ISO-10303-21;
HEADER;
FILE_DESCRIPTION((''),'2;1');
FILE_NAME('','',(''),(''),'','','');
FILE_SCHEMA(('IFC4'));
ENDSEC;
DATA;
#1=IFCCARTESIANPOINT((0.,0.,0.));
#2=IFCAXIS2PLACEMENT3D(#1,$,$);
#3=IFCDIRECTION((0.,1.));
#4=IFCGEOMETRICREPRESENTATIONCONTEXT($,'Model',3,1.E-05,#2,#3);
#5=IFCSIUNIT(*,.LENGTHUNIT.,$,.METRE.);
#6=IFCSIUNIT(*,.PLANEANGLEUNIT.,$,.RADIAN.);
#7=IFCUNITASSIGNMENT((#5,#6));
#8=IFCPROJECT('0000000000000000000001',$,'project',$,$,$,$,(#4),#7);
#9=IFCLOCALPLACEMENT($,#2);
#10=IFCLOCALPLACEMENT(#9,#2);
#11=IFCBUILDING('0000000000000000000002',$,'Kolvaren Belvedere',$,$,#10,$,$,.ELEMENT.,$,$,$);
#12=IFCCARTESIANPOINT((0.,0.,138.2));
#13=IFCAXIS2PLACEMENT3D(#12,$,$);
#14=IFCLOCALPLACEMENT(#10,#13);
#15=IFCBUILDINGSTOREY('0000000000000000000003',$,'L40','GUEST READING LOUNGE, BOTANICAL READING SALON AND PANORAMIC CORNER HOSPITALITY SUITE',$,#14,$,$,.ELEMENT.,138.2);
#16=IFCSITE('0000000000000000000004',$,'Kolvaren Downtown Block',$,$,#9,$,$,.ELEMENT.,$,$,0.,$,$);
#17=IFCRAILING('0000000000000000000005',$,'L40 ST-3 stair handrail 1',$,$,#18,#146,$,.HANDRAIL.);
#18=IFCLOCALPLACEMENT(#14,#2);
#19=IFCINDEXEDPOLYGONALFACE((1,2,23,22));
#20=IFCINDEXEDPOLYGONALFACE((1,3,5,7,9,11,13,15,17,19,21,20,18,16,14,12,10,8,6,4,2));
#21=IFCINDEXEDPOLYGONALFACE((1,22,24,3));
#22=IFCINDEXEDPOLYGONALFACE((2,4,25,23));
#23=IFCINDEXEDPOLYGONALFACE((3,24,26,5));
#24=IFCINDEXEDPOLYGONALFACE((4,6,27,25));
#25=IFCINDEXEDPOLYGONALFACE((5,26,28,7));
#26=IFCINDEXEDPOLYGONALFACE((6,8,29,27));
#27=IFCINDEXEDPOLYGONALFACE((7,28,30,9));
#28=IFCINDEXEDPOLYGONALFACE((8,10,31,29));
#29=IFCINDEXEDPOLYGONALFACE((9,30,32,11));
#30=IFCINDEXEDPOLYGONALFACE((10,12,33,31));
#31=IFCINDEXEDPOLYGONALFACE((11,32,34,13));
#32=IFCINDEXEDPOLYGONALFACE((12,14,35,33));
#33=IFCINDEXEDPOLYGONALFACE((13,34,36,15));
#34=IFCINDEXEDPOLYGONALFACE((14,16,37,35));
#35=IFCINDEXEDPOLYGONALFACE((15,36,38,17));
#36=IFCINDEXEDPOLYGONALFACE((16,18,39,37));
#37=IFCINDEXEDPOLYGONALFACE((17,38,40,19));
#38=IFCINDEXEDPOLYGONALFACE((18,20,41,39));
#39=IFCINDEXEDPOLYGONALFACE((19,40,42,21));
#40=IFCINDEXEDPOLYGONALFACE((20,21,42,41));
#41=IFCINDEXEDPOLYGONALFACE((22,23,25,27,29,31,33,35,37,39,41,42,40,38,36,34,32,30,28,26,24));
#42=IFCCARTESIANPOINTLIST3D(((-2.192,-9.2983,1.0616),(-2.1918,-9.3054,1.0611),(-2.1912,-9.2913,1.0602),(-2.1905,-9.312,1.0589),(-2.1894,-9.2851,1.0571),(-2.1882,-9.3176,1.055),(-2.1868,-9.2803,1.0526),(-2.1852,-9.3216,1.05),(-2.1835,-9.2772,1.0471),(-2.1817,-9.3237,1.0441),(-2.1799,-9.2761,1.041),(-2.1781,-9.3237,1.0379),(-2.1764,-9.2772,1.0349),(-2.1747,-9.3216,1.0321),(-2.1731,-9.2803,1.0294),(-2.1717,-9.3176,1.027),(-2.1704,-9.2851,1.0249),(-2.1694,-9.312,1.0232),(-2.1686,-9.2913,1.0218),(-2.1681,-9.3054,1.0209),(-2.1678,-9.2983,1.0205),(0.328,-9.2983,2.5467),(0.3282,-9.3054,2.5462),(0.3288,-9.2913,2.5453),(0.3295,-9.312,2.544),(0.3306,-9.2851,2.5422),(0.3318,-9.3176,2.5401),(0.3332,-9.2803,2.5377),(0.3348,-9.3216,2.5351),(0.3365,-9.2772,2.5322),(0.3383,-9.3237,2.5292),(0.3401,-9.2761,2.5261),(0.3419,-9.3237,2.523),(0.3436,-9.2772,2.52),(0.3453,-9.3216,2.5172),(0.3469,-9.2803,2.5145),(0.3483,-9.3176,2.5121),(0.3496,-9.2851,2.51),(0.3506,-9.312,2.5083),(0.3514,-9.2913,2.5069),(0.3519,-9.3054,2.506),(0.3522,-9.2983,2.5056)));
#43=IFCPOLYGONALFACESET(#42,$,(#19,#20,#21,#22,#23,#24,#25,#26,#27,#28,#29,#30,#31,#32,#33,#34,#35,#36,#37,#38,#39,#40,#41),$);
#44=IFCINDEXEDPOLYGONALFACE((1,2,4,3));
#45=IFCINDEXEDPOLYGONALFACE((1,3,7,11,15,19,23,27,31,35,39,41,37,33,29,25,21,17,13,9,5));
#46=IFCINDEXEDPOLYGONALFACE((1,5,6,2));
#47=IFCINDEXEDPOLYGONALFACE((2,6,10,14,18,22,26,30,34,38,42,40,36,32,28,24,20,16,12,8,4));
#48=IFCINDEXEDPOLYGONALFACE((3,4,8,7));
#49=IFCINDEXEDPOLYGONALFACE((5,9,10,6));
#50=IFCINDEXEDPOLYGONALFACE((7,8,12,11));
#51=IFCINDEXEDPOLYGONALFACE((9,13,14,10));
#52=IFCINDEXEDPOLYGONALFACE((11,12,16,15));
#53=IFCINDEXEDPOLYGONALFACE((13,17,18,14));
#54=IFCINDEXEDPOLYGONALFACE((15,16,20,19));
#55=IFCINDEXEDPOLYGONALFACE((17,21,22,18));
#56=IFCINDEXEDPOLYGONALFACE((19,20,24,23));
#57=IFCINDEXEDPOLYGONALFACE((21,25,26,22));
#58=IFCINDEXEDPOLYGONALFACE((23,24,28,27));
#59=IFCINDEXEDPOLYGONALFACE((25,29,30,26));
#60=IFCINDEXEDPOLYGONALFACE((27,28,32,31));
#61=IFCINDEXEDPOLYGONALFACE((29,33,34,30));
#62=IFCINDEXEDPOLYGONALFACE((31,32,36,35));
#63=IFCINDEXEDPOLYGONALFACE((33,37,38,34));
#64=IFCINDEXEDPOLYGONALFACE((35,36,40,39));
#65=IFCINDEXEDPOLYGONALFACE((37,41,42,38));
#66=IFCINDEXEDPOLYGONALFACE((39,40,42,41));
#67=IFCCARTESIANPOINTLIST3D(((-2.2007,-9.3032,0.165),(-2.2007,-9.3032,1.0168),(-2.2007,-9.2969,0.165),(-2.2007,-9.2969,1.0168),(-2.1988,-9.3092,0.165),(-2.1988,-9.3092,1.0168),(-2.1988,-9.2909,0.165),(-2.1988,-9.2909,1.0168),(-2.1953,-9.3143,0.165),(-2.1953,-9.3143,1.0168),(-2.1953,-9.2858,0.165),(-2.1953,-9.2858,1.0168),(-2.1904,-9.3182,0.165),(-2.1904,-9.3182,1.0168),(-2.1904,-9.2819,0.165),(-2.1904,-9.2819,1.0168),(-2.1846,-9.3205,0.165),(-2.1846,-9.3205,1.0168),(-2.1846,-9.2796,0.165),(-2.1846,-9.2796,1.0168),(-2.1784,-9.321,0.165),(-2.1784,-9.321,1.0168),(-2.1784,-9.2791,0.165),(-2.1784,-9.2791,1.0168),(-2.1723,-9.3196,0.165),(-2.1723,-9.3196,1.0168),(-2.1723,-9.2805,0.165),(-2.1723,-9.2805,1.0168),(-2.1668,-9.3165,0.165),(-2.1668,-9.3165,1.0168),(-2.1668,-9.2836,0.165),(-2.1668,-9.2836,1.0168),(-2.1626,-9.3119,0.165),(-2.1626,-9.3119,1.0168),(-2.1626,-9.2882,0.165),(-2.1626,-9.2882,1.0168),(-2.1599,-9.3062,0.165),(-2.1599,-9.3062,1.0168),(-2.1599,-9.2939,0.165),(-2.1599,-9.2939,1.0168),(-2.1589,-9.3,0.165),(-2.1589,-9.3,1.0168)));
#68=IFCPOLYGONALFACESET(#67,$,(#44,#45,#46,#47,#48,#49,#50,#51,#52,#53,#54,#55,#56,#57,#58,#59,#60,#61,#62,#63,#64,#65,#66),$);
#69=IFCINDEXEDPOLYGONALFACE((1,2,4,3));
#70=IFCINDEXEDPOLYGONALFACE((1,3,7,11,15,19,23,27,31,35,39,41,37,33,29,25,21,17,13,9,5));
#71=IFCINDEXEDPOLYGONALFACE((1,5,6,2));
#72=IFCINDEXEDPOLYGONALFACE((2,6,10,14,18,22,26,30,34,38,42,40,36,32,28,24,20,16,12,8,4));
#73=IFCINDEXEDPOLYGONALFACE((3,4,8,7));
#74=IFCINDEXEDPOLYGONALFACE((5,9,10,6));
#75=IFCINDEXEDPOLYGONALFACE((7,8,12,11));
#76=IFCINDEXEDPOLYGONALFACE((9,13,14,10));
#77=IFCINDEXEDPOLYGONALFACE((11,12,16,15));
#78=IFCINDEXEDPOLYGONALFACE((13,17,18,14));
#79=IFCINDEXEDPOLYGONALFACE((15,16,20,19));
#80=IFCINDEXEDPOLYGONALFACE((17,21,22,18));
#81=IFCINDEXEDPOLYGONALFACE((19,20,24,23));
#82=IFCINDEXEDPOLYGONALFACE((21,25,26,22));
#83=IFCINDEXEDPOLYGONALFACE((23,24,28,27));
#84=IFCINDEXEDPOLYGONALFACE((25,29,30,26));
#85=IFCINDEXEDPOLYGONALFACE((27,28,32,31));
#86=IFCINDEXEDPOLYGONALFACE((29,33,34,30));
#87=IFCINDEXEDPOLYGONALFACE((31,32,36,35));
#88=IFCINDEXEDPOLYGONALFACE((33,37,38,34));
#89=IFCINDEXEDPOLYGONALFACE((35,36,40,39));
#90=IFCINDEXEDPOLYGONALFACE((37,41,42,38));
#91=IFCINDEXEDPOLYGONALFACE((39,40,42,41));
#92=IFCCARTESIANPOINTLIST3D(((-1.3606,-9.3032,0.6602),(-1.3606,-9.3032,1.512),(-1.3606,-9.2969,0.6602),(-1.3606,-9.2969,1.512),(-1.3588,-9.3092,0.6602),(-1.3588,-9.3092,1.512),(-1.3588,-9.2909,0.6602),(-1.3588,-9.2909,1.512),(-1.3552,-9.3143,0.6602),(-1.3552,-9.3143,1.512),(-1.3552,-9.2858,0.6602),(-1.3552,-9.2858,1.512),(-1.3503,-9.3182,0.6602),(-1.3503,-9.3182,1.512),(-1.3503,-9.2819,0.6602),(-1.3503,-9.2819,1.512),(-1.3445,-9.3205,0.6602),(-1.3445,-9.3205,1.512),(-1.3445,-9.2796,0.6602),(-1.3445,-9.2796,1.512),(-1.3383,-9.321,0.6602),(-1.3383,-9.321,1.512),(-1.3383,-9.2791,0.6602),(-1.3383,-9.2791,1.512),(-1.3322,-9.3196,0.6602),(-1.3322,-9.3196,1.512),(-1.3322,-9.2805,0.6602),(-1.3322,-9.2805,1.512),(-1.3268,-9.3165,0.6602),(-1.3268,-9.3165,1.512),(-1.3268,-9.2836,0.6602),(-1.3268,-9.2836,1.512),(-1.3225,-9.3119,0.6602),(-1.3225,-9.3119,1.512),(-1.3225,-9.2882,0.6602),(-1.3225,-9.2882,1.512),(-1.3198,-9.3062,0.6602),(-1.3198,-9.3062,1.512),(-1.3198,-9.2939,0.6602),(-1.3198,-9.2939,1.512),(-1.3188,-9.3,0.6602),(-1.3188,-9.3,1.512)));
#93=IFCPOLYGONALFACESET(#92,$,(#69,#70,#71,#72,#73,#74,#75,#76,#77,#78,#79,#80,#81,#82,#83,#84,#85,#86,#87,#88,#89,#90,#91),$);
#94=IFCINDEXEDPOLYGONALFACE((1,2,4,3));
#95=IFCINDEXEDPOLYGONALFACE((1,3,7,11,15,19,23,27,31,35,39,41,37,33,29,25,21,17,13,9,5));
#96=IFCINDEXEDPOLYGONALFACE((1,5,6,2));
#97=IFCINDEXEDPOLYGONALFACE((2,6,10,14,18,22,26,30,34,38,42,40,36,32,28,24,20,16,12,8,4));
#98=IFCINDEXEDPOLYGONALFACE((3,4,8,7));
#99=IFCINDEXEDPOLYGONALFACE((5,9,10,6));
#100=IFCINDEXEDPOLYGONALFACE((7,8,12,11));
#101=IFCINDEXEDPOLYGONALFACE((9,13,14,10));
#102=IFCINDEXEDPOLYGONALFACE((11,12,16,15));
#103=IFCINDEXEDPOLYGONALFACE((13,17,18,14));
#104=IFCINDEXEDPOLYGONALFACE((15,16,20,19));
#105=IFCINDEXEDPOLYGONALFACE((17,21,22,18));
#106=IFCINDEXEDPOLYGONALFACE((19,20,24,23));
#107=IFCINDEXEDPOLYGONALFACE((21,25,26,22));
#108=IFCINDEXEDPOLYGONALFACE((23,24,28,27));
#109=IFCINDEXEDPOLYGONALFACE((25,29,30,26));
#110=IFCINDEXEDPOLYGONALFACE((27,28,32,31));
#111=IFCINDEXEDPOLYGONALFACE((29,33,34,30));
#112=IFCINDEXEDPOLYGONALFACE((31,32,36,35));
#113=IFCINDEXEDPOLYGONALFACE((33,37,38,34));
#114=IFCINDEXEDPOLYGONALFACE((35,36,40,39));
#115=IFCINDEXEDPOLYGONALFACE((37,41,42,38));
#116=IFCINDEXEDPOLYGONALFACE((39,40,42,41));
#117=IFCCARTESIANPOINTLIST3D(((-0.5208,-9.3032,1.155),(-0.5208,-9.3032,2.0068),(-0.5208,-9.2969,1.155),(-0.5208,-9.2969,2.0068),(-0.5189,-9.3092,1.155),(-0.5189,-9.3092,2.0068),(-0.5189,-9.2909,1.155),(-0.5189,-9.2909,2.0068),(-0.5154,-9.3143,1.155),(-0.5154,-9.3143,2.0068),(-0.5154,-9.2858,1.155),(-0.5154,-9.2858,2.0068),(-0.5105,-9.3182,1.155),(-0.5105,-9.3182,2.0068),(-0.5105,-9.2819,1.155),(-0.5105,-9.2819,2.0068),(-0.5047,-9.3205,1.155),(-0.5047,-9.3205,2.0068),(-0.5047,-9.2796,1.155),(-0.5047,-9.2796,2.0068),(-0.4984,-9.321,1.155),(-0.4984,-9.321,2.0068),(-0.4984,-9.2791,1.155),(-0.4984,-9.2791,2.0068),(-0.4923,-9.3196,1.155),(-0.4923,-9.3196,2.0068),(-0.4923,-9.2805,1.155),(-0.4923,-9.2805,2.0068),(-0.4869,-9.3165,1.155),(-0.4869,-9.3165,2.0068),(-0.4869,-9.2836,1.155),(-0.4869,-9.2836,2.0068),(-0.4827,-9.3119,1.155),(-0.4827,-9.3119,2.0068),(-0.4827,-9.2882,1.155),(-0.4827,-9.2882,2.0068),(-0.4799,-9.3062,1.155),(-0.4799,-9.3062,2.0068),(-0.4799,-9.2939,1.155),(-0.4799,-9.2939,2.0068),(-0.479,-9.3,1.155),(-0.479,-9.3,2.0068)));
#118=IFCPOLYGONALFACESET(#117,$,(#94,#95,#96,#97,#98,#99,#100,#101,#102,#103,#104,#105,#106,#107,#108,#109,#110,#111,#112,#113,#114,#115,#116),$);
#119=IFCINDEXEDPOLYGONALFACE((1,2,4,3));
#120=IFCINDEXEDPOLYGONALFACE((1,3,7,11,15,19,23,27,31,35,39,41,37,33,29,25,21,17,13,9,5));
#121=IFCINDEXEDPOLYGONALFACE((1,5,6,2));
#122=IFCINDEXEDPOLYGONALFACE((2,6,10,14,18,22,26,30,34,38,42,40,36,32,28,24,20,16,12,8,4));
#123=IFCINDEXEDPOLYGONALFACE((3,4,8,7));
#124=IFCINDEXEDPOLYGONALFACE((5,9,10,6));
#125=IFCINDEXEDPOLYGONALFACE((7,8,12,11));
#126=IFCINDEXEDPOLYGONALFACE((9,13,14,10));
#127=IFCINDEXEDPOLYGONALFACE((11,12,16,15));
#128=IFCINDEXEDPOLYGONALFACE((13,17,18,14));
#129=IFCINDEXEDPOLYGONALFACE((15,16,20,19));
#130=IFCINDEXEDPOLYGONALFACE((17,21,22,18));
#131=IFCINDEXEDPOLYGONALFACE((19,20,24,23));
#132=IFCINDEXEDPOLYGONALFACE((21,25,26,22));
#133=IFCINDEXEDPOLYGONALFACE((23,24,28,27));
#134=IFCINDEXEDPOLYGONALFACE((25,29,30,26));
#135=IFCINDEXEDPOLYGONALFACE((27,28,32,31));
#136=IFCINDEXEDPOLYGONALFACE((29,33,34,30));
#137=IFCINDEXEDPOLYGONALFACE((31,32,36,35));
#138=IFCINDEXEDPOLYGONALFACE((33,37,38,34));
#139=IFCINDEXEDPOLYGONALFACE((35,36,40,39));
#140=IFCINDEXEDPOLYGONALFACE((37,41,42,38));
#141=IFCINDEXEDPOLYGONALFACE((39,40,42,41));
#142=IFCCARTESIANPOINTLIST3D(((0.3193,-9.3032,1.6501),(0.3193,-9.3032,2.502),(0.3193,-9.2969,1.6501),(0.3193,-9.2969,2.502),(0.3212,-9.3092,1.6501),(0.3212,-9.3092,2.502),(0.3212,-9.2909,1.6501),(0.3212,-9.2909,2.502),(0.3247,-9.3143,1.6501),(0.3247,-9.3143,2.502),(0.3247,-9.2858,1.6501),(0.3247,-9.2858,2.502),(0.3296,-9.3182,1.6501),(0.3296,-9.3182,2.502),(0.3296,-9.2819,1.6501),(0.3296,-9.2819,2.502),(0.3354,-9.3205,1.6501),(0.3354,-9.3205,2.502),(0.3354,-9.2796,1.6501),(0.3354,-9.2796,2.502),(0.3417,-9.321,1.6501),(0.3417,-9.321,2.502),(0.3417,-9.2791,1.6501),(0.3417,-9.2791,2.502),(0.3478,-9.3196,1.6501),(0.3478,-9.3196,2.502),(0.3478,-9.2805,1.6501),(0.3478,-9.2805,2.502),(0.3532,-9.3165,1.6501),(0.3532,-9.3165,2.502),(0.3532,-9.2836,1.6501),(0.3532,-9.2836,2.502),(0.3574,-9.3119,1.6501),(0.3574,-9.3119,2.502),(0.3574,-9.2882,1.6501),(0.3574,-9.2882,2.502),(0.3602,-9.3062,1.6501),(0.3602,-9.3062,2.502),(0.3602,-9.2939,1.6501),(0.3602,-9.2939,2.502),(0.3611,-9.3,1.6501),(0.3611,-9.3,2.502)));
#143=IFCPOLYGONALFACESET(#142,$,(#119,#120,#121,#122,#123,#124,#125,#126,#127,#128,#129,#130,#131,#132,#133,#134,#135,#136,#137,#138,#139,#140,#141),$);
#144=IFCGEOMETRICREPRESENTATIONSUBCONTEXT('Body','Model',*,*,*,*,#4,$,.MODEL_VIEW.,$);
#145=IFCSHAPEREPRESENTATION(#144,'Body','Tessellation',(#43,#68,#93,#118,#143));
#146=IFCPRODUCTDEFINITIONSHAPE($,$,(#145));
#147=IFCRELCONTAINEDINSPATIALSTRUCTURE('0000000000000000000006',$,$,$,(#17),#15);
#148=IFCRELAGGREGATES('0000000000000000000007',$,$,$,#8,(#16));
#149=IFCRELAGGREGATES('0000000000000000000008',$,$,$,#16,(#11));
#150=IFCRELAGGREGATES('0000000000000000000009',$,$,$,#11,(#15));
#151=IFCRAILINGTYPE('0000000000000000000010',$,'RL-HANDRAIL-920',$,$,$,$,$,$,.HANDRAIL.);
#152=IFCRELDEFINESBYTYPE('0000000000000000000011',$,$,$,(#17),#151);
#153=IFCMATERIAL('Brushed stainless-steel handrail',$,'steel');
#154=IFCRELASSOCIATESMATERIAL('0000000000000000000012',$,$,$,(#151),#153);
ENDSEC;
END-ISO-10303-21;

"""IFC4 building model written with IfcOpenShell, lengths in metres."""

from ifc_helpers import new_model, si_unit, direction, frame, origin, origin_2d, place, context, subcontext, project, spatial, circle, extrude, material, type_object, element, save


model = new_model("IFC4")

# Units and contexts
model_context = context("Model", 3, precision=1e-05, world=origin(), true_north=direction((0.0, 1.0)))
body_context = subcontext(model_context, "Body", "Model", "MODEL_VIEW")
ifc_project = project(units=[si_unit("LENGTHUNIT", "METRE"), si_unit("PLANEANGLEUNIT", "RADIAN")], contexts=[model_context])

# Site, building, storey
site_placement = place(None, origin())
site = spatial("IfcSite", under=ifc_project, at=site_placement, Name="Kolvaren Downtown Block", CompositionType="ELEMENT", RefElevation=0.0)
building_placement = place(site_placement, origin())
building = spatial("IfcBuilding", under=site, at=building_placement, Name="Kolvaren Belvedere", CompositionType="ELEMENT")
storey_placement = place(building_placement, frame((0.0, 0.0, 138.2)))
storey = spatial("IfcBuildingStorey", under=building, at=storey_placement, Name="L40", Description="GUEST READING LOUNGE, BOTANICAL READING SALON AND PANORAMIC CORNER HOSPITALITY SUITE", CompositionType="ELEMENT", Elevation=138.2)

# Railing
ifc_material_1 = material(Name="Brushed stainless-steel handrail", Category="steel")
railing_type_1 = type_object("IfcRailingType", Name="RL-HANDRAIL-920", PredefinedType="HANDRAIL", material=ifc_material_1)
railing_1_placement = place(storey_placement, frame((-2.1799, -9.3, 0.165)))
element("IfcRailing", 1, at=railing_1_placement, inside=storey, type_object=railing_type_1, Name="L40 ST-3 stair handrail 1", PredefinedType="HANDRAIL", context=body_context, shape_type="SweptSolid", body=[
    extrude(circle(Radius=0.0239, at=origin_2d()), frame((0.0, 0.0, 0.876), z_axis=(0.861524, 0.0, 0.507717), x_axis=(0.0, 1.0, 0.0)), (0.0, 0.0, 1.0), 2.925),
    extrude(circle(Radius=0.021, at=origin_2d()), origin(), (0.0, 0.0, 1.0), 0.8518),
    extrude(circle(Radius=0.021, at=origin_2d()), frame((0.8401, 0.0, 0.4951)), (0.0, 0.0, 1.0), 0.8518),
    extrude(circle(Radius=0.021, at=origin_2d()), frame((1.6799, 0.0, 0.99)), (0.0, 0.0, 1.0), 0.8518),
    extrude(circle(Radius=0.021, at=origin_2d()), frame((2.52, 0.0, 1.4851)), (0.0, 0.0, 1.0), 0.8518),
])

save(model, "model.ifc")
